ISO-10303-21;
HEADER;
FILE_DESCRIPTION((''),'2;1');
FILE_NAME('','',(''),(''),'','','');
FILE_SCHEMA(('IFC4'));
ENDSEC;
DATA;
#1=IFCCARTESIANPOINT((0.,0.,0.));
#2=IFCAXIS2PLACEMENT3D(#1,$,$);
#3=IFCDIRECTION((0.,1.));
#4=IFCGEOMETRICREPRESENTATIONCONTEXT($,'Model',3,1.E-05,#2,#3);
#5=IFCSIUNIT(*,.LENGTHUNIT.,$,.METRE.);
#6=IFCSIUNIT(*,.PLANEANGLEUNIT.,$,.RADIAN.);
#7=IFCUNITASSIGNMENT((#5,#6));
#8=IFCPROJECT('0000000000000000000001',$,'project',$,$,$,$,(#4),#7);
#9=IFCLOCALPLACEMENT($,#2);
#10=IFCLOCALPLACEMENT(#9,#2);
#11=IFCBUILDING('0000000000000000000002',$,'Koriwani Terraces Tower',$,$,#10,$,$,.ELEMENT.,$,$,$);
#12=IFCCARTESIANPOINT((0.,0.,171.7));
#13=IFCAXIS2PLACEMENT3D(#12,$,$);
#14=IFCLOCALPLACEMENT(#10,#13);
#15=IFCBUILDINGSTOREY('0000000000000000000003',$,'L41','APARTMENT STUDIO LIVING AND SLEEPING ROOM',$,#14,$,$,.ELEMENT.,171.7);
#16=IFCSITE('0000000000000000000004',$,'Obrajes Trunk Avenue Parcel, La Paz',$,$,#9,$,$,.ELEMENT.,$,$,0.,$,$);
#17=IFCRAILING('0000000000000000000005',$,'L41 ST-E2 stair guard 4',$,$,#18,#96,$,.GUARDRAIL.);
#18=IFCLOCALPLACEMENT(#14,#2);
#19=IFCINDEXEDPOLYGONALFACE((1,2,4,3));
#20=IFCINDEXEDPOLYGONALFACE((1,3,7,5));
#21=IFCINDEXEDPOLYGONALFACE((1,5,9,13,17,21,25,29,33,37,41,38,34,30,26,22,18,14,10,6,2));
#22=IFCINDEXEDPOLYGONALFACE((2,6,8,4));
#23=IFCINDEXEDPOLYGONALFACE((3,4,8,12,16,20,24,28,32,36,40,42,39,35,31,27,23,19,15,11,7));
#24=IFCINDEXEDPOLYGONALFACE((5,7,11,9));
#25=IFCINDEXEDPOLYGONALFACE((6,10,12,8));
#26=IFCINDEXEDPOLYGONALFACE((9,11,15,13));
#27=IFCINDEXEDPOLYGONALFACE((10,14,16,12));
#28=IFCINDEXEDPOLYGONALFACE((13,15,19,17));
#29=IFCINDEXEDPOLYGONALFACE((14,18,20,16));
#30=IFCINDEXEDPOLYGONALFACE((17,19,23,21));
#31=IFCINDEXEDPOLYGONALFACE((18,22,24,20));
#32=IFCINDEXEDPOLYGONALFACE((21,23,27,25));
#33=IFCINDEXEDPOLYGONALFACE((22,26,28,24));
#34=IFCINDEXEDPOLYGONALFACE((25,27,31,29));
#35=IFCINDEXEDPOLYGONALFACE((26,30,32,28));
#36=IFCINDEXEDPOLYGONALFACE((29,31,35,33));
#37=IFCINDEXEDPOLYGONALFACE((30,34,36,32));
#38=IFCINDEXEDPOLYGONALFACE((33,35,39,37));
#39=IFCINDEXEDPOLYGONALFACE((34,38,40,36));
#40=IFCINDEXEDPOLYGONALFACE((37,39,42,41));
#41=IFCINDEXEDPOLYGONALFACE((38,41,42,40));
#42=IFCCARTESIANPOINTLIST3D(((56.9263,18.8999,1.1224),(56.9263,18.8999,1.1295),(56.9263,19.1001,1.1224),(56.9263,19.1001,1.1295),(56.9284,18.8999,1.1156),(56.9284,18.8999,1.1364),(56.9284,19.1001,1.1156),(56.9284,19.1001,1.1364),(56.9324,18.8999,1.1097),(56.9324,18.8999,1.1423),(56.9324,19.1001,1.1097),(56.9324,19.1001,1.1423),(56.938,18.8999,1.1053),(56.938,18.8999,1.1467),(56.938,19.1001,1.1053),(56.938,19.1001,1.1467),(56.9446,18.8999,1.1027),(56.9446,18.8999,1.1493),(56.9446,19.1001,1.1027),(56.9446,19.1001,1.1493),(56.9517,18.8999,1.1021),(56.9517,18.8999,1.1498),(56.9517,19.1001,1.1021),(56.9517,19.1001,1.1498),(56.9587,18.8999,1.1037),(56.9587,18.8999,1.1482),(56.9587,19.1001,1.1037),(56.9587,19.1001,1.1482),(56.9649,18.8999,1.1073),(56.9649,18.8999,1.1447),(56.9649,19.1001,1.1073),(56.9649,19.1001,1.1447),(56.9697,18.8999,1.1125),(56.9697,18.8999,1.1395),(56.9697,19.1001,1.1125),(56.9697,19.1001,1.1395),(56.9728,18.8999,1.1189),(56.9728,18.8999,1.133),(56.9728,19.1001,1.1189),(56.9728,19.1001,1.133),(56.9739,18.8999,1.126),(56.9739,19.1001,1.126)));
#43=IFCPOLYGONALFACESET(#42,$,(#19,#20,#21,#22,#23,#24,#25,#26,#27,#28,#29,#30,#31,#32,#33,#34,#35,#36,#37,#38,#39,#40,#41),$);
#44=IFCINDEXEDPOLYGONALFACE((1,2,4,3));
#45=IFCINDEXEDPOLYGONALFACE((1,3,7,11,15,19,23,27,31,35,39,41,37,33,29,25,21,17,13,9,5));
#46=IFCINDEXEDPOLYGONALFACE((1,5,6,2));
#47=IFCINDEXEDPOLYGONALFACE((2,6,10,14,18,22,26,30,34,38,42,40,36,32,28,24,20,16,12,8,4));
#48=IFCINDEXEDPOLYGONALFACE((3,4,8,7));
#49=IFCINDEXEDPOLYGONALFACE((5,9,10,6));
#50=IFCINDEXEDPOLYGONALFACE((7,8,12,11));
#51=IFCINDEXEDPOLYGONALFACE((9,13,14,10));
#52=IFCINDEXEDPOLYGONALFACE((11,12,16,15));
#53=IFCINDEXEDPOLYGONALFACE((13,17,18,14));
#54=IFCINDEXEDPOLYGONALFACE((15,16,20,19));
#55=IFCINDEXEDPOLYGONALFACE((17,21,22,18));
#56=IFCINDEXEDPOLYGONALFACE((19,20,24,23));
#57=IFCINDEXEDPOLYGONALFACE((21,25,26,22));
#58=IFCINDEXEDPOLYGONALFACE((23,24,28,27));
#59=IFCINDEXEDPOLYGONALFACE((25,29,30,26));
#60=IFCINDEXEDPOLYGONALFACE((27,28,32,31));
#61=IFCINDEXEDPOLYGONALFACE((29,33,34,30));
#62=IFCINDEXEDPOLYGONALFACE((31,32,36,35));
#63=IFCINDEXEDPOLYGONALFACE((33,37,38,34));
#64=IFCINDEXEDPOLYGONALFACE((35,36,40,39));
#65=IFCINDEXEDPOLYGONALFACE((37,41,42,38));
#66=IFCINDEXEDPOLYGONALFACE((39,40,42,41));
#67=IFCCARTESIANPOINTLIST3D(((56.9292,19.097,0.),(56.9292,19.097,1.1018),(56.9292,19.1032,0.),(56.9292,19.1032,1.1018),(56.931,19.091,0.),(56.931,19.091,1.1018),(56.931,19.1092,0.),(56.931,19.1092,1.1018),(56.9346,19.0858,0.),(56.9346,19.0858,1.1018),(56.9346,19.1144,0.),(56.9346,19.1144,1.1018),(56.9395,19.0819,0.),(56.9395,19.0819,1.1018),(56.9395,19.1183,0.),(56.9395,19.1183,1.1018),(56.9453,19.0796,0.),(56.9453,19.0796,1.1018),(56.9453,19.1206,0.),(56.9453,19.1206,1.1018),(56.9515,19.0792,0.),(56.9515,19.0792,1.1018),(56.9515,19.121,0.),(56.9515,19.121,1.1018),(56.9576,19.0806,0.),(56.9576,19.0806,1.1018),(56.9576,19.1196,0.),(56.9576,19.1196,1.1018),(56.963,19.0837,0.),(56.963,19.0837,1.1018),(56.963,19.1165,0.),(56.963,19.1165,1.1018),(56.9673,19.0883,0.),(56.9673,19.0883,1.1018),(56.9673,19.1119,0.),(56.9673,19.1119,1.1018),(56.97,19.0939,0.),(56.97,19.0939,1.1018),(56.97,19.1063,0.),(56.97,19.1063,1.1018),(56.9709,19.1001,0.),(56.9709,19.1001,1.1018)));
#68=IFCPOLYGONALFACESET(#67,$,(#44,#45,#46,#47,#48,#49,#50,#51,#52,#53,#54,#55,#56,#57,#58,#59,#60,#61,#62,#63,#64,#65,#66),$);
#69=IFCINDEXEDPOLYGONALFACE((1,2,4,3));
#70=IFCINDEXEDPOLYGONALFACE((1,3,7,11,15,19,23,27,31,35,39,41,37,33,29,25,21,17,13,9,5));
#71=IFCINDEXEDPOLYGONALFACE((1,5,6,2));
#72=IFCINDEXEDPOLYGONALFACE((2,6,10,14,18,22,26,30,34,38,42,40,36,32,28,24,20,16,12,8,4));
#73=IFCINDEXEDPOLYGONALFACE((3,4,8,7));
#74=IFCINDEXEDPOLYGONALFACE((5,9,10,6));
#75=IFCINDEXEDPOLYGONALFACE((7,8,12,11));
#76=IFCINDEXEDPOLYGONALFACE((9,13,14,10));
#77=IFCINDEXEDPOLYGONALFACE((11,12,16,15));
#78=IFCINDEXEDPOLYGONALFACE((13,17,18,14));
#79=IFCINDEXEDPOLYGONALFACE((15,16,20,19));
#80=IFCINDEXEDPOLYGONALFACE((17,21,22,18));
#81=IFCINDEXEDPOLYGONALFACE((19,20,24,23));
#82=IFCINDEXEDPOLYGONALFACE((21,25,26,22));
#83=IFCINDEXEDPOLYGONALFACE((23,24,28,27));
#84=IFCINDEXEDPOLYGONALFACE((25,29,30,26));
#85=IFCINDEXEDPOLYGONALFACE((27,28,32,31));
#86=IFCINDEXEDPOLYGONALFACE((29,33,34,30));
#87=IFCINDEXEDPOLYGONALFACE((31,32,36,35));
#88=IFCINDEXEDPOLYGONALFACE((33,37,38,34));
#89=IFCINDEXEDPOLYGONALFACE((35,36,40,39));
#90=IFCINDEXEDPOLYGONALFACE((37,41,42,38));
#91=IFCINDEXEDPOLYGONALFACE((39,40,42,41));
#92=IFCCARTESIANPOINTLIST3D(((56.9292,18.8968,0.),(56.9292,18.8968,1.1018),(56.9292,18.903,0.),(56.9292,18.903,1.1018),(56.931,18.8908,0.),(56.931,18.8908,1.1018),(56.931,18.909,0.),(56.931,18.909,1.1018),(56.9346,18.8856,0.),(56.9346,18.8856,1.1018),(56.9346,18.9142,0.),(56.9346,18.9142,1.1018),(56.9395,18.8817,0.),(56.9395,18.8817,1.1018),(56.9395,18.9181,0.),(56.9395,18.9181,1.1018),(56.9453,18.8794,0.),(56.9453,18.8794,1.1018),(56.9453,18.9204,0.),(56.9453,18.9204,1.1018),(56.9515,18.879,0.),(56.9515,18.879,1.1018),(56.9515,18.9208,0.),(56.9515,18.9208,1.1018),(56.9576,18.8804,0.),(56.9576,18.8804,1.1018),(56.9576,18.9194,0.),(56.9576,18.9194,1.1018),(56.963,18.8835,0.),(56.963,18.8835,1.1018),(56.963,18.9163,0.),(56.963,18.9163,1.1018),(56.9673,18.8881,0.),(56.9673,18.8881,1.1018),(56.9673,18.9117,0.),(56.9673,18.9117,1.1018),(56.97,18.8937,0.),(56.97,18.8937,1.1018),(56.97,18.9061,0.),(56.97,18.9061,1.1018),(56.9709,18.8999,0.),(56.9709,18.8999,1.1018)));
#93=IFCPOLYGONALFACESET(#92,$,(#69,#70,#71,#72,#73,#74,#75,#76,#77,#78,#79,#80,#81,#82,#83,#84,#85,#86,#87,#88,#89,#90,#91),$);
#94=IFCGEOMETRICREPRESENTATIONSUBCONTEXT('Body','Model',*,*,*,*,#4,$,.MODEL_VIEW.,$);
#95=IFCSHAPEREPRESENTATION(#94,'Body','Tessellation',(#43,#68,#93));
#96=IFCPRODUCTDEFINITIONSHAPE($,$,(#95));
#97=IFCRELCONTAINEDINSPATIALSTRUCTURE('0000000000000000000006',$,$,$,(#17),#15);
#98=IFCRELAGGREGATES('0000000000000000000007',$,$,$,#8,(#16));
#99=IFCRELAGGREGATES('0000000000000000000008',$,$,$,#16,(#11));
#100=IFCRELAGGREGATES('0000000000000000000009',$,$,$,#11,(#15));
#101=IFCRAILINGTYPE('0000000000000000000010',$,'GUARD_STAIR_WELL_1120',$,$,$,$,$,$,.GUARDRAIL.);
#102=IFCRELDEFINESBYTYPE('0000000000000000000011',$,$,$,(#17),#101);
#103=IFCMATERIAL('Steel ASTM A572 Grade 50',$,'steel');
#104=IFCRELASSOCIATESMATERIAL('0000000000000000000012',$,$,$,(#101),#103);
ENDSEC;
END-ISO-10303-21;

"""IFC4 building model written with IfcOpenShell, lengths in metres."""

from ifc_helpers import new_model, si_unit, direction, frame, origin, origin_2d, place, context, subcontext, project, spatial, circle, extrude, material, type_object, element, save


model = new_model("IFC4")

# Units and contexts
model_context = context("Model", 3, precision=1e-05, world=origin(), true_north=direction((0.0, 1.0)))
body_context = subcontext(model_context, "Body", "Model", "MODEL_VIEW")
ifc_project = project(units=[si_unit("LENGTHUNIT", "METRE"), si_unit("PLANEANGLEUNIT", "RADIAN")], contexts=[model_context])

# Site, building, storey
site_placement = place(None, origin())
site = spatial("IfcSite", under=ifc_project, at=site_placement, Name="Obrajes Trunk Avenue Parcel, La Paz", CompositionType="ELEMENT", RefElevation=0.0)
building_placement = place(site_placement, origin())
building = spatial("IfcBuilding", under=site, at=building_placement, Name="Koriwani Terraces Tower", CompositionType="ELEMENT")
storey_placement = place(building_placement, frame((0.0, 0.0, 171.7)))
storey = spatial("IfcBuildingStorey", under=building, at=storey_placement, Name="L41", Description="APARTMENT STUDIO LIVING AND SLEEPING ROOM", CompositionType="ELEMENT", Elevation=171.7)

# Shared definitions
ifc_material_1 = material(Name="Steel ASTM A572 Grade 50", Category="steel")

# Railing
railing_type_1 = type_object("IfcRailingType", Name="GUARD_STAIR_WELL_1120", PredefinedType="GUARDRAIL", material=ifc_material_1)
railing_1_placement = place(storey_placement, frame((56.95, 19.1001, 0.0)))
element("IfcRailing", 1, at=railing_1_placement, inside=storey, type_object=railing_type_1, Name="L41 ST-E2 stair guard 4", PredefinedType="GUARDRAIL", context=body_context, shape_type="SweptSolid", body=[
    extrude(circle(Radius=0.0239, at=origin_2d()), frame((0.0, 0.0, 1.126), z_axis=(0.0, -1.0, 0.0), x_axis=(1.0, 0.0, 0.0)), (0.0, 0.0, 1.0), 0.2002),
    extrude(circle(Radius=0.021, at=origin_2d()), origin(), (0.0, 0.0, 1.0), 1.1018),
    extrude(circle(Radius=0.021, at=origin_2d()), frame((0.0, -0.2002, 0.0)), (0.0, 0.0, 1.0), 1.1018),
])

save(model, "model.ifc")
